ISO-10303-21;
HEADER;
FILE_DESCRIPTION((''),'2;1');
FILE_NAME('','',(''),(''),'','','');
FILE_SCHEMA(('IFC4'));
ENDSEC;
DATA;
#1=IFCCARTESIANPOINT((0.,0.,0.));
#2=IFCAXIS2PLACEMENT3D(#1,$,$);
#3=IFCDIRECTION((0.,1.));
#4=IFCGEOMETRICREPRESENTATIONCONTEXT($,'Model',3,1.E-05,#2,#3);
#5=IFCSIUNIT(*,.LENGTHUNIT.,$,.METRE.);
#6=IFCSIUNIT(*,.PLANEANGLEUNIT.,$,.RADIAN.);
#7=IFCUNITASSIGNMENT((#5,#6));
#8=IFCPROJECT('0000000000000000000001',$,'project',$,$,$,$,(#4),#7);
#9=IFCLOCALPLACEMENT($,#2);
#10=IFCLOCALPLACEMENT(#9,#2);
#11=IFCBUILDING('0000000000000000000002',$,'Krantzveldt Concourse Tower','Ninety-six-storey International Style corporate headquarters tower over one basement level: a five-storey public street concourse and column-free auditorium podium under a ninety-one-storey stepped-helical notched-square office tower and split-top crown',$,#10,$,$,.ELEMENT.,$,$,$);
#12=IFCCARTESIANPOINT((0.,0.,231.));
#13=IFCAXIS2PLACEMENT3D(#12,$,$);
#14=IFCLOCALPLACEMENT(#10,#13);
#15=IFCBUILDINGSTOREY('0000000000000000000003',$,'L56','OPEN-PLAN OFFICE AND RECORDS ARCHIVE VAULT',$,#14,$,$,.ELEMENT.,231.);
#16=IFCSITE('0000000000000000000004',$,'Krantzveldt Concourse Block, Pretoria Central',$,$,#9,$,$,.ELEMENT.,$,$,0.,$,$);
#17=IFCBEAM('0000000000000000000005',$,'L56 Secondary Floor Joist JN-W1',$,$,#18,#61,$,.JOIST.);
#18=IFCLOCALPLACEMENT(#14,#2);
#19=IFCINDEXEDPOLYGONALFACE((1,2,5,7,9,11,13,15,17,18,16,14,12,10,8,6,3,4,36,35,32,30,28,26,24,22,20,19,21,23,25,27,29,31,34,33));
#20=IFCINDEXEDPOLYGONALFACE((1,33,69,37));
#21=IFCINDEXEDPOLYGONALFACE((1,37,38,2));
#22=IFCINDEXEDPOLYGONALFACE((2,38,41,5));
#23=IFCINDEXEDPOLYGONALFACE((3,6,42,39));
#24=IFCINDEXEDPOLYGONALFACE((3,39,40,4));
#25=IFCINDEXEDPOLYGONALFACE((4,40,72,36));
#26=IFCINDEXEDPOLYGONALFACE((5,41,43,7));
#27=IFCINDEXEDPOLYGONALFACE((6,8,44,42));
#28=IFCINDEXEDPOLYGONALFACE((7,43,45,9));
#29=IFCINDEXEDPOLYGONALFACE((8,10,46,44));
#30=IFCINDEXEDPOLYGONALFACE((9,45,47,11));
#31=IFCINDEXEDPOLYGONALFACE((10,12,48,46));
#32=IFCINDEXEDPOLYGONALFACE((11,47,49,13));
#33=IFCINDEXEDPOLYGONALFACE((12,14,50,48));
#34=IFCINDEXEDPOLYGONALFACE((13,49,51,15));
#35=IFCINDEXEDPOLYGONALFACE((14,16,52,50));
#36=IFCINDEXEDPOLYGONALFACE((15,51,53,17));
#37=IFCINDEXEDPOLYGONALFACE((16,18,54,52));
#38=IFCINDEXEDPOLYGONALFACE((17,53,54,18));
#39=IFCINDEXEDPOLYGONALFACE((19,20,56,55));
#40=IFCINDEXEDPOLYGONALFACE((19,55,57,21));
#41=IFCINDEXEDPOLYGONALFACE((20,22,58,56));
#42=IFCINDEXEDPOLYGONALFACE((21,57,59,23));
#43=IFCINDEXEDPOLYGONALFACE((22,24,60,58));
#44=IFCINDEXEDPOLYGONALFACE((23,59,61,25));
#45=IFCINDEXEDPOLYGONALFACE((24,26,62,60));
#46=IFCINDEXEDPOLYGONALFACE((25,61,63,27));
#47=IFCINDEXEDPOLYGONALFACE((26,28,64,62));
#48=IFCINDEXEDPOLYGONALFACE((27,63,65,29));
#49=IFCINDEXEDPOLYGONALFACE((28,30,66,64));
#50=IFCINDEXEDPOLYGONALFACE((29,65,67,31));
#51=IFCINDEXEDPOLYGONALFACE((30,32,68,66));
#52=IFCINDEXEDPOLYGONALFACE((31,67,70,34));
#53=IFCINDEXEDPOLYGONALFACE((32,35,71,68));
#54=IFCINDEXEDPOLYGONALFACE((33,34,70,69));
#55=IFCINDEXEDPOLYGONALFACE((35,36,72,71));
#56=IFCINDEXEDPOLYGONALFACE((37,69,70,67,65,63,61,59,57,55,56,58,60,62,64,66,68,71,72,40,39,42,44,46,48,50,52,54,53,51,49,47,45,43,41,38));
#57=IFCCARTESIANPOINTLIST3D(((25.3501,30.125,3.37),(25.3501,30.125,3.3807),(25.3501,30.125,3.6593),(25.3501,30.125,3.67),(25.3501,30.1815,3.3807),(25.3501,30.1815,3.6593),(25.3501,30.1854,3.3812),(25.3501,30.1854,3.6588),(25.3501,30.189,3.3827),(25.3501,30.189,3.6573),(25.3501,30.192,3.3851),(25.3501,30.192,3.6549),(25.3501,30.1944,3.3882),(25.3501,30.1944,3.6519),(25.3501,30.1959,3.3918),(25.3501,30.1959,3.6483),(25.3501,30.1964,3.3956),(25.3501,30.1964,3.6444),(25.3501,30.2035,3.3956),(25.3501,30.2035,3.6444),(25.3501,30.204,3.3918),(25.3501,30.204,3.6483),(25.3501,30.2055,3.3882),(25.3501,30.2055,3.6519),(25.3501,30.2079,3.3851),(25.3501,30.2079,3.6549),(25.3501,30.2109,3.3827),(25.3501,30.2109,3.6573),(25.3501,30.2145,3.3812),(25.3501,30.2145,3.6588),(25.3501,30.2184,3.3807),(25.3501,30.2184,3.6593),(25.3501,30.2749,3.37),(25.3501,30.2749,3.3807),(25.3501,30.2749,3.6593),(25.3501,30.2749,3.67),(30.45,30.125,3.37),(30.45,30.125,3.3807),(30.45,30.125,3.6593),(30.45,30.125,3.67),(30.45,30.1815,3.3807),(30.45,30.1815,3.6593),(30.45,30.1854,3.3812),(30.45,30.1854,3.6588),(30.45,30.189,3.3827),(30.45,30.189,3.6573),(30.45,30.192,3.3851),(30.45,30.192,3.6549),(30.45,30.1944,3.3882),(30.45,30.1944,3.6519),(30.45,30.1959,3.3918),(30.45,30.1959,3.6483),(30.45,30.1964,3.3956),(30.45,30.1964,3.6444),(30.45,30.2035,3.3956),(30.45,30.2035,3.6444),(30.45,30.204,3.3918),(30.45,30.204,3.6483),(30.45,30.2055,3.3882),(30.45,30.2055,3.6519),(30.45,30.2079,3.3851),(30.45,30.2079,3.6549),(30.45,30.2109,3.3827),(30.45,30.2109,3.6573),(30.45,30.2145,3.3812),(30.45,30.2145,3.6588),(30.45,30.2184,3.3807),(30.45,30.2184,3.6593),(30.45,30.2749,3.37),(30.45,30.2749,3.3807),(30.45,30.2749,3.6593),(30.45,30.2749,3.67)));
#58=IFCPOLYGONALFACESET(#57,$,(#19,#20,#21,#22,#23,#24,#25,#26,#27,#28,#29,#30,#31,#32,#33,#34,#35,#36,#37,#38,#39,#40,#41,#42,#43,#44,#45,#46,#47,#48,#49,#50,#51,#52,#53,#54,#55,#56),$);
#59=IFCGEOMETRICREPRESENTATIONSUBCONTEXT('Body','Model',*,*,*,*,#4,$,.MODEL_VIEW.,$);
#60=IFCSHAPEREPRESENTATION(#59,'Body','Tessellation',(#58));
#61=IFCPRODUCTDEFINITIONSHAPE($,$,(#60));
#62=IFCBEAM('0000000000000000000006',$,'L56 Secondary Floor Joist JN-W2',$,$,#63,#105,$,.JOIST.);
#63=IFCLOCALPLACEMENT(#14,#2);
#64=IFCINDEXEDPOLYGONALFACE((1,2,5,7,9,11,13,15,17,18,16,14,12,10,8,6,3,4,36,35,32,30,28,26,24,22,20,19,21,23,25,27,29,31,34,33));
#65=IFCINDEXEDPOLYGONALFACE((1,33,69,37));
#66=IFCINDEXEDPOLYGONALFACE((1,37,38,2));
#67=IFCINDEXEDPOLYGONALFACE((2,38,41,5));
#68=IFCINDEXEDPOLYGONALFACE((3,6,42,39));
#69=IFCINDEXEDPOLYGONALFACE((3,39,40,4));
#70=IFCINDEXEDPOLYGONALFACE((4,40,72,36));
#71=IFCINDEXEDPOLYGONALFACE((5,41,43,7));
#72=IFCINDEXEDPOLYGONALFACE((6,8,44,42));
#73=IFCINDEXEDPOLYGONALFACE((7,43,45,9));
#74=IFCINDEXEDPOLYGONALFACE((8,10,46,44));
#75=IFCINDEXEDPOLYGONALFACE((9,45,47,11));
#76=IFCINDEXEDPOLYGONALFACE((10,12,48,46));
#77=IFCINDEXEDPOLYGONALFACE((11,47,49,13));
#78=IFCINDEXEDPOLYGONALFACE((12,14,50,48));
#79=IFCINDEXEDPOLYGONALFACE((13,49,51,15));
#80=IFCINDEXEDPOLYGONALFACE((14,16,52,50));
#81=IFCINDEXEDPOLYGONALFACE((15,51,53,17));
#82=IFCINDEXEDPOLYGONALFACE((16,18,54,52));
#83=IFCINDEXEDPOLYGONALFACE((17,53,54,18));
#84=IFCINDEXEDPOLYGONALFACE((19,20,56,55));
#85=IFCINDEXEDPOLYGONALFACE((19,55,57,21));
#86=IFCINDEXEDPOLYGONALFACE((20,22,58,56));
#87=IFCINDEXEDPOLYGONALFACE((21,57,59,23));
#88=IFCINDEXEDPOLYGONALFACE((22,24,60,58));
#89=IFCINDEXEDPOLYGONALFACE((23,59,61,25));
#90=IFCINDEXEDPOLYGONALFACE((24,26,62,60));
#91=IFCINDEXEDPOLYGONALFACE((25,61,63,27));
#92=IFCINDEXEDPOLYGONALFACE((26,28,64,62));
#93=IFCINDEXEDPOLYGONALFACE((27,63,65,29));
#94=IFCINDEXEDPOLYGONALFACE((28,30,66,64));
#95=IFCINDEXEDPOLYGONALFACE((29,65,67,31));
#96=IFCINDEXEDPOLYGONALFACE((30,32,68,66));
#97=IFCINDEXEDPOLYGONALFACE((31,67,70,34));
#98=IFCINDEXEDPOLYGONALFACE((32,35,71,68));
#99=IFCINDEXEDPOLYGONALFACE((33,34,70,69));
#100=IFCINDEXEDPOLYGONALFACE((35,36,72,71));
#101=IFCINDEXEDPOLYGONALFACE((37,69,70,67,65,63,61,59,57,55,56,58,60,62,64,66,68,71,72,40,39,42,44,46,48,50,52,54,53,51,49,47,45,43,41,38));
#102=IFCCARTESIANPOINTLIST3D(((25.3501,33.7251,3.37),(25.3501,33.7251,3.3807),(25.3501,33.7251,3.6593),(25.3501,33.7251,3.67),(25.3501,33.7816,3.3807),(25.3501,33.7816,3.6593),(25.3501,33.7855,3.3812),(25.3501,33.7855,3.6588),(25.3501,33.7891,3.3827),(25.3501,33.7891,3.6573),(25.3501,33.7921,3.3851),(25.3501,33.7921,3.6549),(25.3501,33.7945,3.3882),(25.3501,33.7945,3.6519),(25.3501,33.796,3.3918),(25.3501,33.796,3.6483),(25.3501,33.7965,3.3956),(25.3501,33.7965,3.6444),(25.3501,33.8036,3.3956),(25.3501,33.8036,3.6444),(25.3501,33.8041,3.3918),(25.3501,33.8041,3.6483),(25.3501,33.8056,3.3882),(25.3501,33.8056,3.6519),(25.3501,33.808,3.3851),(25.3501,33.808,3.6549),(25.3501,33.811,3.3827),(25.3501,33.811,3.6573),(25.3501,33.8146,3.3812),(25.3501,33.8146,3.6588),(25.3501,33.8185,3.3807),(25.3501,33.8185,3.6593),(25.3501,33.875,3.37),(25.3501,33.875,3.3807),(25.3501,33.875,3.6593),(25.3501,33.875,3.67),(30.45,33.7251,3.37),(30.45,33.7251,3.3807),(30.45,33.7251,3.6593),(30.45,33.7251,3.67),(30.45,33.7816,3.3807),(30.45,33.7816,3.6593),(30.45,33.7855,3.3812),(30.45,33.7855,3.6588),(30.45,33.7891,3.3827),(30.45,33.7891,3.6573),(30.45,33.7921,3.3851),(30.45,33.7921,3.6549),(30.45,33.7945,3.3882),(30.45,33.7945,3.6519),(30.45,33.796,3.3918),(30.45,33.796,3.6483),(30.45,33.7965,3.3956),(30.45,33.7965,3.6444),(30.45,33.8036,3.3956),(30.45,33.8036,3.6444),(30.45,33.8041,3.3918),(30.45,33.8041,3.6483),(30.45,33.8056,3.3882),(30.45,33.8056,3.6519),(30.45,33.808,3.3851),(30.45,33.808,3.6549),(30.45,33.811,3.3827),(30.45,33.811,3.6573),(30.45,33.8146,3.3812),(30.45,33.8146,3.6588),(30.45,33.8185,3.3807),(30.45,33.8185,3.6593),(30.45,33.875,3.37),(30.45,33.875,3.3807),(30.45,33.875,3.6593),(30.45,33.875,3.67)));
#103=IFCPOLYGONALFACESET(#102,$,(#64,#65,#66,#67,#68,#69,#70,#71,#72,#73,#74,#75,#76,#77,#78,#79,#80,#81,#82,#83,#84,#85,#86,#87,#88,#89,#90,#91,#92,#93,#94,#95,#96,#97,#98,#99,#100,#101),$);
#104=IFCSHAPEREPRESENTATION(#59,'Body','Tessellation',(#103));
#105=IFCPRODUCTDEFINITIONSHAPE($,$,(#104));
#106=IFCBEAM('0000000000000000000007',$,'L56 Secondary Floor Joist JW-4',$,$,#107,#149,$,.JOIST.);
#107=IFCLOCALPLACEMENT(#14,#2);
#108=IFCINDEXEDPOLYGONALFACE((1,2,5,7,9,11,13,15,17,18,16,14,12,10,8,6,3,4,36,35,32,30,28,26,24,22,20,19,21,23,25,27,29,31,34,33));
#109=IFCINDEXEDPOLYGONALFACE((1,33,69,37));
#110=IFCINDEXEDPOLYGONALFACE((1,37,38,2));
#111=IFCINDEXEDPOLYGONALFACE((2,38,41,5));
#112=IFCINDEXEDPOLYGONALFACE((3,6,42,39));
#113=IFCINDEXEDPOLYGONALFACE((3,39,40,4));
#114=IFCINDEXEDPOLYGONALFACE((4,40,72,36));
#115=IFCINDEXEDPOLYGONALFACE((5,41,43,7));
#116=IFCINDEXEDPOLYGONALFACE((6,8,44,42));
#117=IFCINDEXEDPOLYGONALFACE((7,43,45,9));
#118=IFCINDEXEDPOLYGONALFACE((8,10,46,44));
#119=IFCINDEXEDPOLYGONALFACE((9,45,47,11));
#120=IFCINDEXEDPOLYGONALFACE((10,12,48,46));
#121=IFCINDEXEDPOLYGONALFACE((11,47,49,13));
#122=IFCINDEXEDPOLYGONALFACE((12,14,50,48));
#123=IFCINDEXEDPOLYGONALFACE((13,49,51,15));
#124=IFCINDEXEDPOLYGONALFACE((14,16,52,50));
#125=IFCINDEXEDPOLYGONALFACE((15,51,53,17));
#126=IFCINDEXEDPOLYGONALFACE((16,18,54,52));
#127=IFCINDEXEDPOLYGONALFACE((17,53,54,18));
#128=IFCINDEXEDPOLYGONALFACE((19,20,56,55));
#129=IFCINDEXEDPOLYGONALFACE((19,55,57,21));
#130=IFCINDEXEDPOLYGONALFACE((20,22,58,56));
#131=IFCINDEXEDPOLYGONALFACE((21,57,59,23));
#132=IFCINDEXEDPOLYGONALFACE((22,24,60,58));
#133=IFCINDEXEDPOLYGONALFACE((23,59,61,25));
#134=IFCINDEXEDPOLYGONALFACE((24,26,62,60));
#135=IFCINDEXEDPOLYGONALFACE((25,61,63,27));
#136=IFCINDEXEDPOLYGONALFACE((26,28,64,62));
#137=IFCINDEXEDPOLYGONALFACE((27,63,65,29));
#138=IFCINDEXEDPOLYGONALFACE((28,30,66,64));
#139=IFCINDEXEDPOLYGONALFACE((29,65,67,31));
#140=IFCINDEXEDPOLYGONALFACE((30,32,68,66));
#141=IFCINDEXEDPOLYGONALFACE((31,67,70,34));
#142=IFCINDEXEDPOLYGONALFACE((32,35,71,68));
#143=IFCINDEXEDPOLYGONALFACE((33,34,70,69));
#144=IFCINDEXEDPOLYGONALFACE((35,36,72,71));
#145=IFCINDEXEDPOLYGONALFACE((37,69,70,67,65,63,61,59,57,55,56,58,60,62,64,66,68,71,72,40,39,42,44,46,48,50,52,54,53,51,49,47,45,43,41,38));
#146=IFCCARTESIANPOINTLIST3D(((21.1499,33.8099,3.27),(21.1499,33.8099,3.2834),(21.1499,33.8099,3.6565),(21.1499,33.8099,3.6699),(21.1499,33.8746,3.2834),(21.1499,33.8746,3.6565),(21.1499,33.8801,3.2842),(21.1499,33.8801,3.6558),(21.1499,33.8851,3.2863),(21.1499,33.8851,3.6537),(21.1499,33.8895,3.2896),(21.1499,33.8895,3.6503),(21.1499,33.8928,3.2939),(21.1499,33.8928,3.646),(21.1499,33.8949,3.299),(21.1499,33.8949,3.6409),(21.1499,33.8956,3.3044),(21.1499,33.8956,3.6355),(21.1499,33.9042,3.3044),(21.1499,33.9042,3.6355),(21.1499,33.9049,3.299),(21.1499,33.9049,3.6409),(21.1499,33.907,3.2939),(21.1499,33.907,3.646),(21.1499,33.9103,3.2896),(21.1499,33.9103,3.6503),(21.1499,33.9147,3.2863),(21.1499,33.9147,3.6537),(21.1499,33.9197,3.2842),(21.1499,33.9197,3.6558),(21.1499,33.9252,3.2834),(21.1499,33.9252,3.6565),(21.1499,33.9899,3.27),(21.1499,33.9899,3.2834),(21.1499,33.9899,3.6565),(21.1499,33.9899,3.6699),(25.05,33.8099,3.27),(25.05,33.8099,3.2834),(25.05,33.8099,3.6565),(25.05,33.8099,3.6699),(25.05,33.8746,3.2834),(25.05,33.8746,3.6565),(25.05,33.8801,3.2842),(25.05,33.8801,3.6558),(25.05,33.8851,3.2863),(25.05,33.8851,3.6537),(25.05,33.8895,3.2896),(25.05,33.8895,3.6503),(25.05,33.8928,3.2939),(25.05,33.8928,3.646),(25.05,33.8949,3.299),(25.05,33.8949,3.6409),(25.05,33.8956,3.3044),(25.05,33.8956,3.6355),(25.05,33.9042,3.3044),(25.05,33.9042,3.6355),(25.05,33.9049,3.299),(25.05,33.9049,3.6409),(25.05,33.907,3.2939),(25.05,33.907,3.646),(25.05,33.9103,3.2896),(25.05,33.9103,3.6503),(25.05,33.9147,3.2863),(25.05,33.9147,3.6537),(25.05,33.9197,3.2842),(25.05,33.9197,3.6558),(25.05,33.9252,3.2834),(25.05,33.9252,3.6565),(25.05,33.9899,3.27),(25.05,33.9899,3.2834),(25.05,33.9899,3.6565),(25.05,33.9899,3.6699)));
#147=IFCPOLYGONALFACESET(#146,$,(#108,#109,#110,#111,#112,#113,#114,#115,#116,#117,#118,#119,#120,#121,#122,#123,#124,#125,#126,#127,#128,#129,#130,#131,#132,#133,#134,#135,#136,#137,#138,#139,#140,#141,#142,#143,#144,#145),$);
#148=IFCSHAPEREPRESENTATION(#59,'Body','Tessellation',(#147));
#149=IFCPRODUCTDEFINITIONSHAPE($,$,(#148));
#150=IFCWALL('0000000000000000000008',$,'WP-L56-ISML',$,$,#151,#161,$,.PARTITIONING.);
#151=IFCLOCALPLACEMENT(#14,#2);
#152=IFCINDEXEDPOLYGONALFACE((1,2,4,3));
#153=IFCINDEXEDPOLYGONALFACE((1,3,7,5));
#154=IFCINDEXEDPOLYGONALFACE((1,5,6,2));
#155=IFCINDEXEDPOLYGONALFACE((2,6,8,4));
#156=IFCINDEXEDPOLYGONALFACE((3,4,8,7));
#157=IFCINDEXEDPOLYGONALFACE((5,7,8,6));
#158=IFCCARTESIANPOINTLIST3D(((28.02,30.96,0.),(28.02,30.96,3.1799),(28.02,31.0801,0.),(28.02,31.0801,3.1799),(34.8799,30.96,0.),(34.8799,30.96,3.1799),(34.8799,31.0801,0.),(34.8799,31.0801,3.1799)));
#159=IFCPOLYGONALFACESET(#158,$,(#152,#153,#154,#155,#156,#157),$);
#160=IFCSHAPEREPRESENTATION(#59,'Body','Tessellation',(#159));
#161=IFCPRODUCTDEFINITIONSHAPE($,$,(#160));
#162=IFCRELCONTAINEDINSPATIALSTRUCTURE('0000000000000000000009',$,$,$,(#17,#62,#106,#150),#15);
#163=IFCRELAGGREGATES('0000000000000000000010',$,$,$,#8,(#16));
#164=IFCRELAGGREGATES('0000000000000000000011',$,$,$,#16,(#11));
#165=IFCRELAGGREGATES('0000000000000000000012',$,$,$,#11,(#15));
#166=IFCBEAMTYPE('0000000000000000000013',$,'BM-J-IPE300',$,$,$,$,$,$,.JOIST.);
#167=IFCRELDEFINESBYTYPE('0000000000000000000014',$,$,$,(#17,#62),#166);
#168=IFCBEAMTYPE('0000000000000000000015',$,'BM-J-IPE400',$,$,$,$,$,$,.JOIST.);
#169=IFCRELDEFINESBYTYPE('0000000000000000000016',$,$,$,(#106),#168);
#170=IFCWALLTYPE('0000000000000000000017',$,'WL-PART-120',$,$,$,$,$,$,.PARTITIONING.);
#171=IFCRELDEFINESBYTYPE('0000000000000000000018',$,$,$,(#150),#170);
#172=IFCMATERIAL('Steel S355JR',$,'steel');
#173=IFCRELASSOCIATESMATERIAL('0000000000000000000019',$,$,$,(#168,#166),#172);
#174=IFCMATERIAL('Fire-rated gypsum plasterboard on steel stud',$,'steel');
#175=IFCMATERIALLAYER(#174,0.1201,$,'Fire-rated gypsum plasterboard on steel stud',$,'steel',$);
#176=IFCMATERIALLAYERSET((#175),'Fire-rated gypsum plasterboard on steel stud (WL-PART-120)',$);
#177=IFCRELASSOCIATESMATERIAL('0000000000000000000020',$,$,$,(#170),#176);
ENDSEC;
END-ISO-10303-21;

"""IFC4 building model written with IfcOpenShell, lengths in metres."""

from ifc_helpers import new_model, si_unit, direction, frame, frame_2d, origin, origin_2d, place, context, subcontext, project, spatial, rectangle, i_section, extrude, source, transform, mapped, material, layer, layer_set, material_profile, profile_set, type_object, type_shapes, element, save


model = new_model("IFC4")

# Units and contexts
model_context = context("Model", 3, precision=1e-05, world=origin(), true_north=direction((0.0, 1.0)))
body_context = subcontext(model_context, "Body", "Model", "MODEL_VIEW")
ifc_project = project(units=[si_unit("LENGTHUNIT", "METRE"), si_unit("PLANEANGLEUNIT", "RADIAN")], contexts=[model_context])

# Site, building, storey
site_placement = place(None, origin())
site = spatial("IfcSite", under=ifc_project, at=site_placement, Name="Krantzveldt Concourse Block, Pretoria Central", CompositionType="ELEMENT", RefElevation=0.0)
building_placement = place(site_placement, origin())
building = spatial("IfcBuilding", under=site, at=building_placement, Name="Krantzveldt Concourse Tower", Description="Ninety-six-storey International Style corporate headquarters tower over one basement level: a five-storey public street concourse and column-free auditorium podium under a ninety-one-storey stepped-helical notched-square office tower and split-top crown", CompositionType="ELEMENT")
storey_placement = place(building_placement, frame((0.0, 0.0, 231.0)))
storey = spatial("IfcBuildingStorey", under=building, at=storey_placement, Name="L56", Description="OPEN-PLAN OFFICE AND RECORDS ARCHIVE VAULT", CompositionType="ELEMENT", Elevation=231.0)

# Beams
ifc_material_1 = material(Name="Steel S355JR", Category="steel")
ifc_material_profile_1 = material_profile(ifc_material_1, i_section(OverallWidth=0.1799, OverallDepth=0.3999, WebThickness=0.0085, FlangeThickness=0.0134, FilletRadius=0.021, at=origin_2d()), Name="Steel S355JR", Category="steel")
ifc_profile_set_1 = profile_set([ifc_material_profile_1], Name="Steel S355JR - IPE 400")
beam_type_1 = type_object("IfcBeamType", Name="BM-J-IPE400", PredefinedType="JOIST", material=ifc_profile_set_1)
ifc_material_profile_2 = material_profile(ifc_material_1, i_section(OverallWidth=0.1499, OverallDepth=0.3, WebThickness=0.0071, FlangeThickness=0.0107, FilletRadius=0.0149, at=origin_2d()), Name="Steel S355JR", Category="steel")
ifc_profile_set_2 = profile_set([ifc_material_profile_2], Name="Steel S355JR - IPE 300")
beam_type_2 = type_object("IfcBeamType", Name="BM-J-IPE300", PredefinedType="JOIST", material=ifc_profile_set_2)
shared_shape_1 = source(origin(), body_context, "Body", "SweptSolid", [
    extrude(i_section(OverallWidth=0.1499, OverallDepth=0.3, WebThickness=0.0071, FlangeThickness=0.0107, FilletRadius=0.0149, at=origin_2d()), origin(), (0.0, 0.0, 1.0), 5.0999),
])
type_shapes(beam_type_2, [shared_shape_1])
for number, where, z_axis, x_axis, name in (
    (1, (25.3501, 30.2, 3.52), (1.0, 0.0, 0.0), (0.0, 1.0, 0.0), "L56 Secondary Floor Joist JN-W1"),
    (2, (25.3501, 33.8, 3.52), (1.0, 0.0, 0.0), (0.0, 1.0, 0.0), "L56 Secondary Floor Joist JN-W2"),
):
    element("IfcBeam", number, at=place(storey_placement, frame(where, z_axis=z_axis, x_axis=x_axis)), inside=storey, type_object=beam_type_2, Name=name, PredefinedType="JOIST", context=body_context, shape_type="MappedRepresentation", body=[
        mapped(shared_shape_1, transform((0.0, 0.0, 0.0), x_axis=(1.0, 0.0, 0.0), y_axis=(0.0, 1.0, 0.0), z_axis=(0.0, 0.0, 1.0), scale=1.0)),
    ])
shared_shape_2 = source(origin(), body_context, "Body", "SweptSolid", [
    extrude(i_section(OverallWidth=0.1799, OverallDepth=0.3999, WebThickness=0.0085, FlangeThickness=0.0134, FilletRadius=0.021, at=origin_2d()), origin(), (0.0, 0.0, 1.0), 3.9001),
])
beam_1_placement = place(storey_placement, frame((21.1499, 33.8999, 3.47), z_axis=(1.0, 0.0, 0.0), x_axis=(0.0, 1.0, 0.0)))
element("IfcBeam", 3, at=beam_1_placement, inside=storey, type_object=beam_type_1, Name="L56 Secondary Floor Joist JW-4", PredefinedType="JOIST", context=body_context, shape_type="MappedRepresentation", body=[
    mapped(shared_shape_2, transform((0.0, 0.0, 0.0), x_axis=(1.0, 0.0, 0.0), y_axis=(0.0, 1.0, 0.0), z_axis=(0.0, 0.0, 1.0), scale=1.0)),
])

# Wall
ifc_material_2 = material(Name="Fire-rated gypsum plasterboard on steel stud", Category="steel")
ifc_layer_1 = layer(ifc_material_2, 0.1201, Name="Fire-rated gypsum plasterboard on steel stud", Category="steel")
ifc_layer_set_1 = layer_set([ifc_layer_1], Name="Fire-rated gypsum plasterboard on steel stud (WL-PART-120)")
wall_type_1 = type_object("IfcWallType", Name="WL-PART-120", PredefinedType="PARTITIONING", material=ifc_layer_set_1)
wall_1_placement = place(storey_placement, frame((28.02, 31.02, 0.0), z_axis=(0.0, 0.0, 1.0), x_axis=(1.0, 0.0, 0.0)))
element("IfcWall", 4, at=wall_1_placement, inside=storey, type_object=wall_type_1, Name="WP-L56-ISML", PredefinedType="PARTITIONING", context=body_context, shape_type="SweptSolid", body=[
    extrude(rectangle(XDim=6.8599, YDim=0.1201, at=frame_2d((3.4299, 0.0))), origin(), (0.0, 0.0, 1.0), 3.1799),
])

save(model, "model.ifc")
